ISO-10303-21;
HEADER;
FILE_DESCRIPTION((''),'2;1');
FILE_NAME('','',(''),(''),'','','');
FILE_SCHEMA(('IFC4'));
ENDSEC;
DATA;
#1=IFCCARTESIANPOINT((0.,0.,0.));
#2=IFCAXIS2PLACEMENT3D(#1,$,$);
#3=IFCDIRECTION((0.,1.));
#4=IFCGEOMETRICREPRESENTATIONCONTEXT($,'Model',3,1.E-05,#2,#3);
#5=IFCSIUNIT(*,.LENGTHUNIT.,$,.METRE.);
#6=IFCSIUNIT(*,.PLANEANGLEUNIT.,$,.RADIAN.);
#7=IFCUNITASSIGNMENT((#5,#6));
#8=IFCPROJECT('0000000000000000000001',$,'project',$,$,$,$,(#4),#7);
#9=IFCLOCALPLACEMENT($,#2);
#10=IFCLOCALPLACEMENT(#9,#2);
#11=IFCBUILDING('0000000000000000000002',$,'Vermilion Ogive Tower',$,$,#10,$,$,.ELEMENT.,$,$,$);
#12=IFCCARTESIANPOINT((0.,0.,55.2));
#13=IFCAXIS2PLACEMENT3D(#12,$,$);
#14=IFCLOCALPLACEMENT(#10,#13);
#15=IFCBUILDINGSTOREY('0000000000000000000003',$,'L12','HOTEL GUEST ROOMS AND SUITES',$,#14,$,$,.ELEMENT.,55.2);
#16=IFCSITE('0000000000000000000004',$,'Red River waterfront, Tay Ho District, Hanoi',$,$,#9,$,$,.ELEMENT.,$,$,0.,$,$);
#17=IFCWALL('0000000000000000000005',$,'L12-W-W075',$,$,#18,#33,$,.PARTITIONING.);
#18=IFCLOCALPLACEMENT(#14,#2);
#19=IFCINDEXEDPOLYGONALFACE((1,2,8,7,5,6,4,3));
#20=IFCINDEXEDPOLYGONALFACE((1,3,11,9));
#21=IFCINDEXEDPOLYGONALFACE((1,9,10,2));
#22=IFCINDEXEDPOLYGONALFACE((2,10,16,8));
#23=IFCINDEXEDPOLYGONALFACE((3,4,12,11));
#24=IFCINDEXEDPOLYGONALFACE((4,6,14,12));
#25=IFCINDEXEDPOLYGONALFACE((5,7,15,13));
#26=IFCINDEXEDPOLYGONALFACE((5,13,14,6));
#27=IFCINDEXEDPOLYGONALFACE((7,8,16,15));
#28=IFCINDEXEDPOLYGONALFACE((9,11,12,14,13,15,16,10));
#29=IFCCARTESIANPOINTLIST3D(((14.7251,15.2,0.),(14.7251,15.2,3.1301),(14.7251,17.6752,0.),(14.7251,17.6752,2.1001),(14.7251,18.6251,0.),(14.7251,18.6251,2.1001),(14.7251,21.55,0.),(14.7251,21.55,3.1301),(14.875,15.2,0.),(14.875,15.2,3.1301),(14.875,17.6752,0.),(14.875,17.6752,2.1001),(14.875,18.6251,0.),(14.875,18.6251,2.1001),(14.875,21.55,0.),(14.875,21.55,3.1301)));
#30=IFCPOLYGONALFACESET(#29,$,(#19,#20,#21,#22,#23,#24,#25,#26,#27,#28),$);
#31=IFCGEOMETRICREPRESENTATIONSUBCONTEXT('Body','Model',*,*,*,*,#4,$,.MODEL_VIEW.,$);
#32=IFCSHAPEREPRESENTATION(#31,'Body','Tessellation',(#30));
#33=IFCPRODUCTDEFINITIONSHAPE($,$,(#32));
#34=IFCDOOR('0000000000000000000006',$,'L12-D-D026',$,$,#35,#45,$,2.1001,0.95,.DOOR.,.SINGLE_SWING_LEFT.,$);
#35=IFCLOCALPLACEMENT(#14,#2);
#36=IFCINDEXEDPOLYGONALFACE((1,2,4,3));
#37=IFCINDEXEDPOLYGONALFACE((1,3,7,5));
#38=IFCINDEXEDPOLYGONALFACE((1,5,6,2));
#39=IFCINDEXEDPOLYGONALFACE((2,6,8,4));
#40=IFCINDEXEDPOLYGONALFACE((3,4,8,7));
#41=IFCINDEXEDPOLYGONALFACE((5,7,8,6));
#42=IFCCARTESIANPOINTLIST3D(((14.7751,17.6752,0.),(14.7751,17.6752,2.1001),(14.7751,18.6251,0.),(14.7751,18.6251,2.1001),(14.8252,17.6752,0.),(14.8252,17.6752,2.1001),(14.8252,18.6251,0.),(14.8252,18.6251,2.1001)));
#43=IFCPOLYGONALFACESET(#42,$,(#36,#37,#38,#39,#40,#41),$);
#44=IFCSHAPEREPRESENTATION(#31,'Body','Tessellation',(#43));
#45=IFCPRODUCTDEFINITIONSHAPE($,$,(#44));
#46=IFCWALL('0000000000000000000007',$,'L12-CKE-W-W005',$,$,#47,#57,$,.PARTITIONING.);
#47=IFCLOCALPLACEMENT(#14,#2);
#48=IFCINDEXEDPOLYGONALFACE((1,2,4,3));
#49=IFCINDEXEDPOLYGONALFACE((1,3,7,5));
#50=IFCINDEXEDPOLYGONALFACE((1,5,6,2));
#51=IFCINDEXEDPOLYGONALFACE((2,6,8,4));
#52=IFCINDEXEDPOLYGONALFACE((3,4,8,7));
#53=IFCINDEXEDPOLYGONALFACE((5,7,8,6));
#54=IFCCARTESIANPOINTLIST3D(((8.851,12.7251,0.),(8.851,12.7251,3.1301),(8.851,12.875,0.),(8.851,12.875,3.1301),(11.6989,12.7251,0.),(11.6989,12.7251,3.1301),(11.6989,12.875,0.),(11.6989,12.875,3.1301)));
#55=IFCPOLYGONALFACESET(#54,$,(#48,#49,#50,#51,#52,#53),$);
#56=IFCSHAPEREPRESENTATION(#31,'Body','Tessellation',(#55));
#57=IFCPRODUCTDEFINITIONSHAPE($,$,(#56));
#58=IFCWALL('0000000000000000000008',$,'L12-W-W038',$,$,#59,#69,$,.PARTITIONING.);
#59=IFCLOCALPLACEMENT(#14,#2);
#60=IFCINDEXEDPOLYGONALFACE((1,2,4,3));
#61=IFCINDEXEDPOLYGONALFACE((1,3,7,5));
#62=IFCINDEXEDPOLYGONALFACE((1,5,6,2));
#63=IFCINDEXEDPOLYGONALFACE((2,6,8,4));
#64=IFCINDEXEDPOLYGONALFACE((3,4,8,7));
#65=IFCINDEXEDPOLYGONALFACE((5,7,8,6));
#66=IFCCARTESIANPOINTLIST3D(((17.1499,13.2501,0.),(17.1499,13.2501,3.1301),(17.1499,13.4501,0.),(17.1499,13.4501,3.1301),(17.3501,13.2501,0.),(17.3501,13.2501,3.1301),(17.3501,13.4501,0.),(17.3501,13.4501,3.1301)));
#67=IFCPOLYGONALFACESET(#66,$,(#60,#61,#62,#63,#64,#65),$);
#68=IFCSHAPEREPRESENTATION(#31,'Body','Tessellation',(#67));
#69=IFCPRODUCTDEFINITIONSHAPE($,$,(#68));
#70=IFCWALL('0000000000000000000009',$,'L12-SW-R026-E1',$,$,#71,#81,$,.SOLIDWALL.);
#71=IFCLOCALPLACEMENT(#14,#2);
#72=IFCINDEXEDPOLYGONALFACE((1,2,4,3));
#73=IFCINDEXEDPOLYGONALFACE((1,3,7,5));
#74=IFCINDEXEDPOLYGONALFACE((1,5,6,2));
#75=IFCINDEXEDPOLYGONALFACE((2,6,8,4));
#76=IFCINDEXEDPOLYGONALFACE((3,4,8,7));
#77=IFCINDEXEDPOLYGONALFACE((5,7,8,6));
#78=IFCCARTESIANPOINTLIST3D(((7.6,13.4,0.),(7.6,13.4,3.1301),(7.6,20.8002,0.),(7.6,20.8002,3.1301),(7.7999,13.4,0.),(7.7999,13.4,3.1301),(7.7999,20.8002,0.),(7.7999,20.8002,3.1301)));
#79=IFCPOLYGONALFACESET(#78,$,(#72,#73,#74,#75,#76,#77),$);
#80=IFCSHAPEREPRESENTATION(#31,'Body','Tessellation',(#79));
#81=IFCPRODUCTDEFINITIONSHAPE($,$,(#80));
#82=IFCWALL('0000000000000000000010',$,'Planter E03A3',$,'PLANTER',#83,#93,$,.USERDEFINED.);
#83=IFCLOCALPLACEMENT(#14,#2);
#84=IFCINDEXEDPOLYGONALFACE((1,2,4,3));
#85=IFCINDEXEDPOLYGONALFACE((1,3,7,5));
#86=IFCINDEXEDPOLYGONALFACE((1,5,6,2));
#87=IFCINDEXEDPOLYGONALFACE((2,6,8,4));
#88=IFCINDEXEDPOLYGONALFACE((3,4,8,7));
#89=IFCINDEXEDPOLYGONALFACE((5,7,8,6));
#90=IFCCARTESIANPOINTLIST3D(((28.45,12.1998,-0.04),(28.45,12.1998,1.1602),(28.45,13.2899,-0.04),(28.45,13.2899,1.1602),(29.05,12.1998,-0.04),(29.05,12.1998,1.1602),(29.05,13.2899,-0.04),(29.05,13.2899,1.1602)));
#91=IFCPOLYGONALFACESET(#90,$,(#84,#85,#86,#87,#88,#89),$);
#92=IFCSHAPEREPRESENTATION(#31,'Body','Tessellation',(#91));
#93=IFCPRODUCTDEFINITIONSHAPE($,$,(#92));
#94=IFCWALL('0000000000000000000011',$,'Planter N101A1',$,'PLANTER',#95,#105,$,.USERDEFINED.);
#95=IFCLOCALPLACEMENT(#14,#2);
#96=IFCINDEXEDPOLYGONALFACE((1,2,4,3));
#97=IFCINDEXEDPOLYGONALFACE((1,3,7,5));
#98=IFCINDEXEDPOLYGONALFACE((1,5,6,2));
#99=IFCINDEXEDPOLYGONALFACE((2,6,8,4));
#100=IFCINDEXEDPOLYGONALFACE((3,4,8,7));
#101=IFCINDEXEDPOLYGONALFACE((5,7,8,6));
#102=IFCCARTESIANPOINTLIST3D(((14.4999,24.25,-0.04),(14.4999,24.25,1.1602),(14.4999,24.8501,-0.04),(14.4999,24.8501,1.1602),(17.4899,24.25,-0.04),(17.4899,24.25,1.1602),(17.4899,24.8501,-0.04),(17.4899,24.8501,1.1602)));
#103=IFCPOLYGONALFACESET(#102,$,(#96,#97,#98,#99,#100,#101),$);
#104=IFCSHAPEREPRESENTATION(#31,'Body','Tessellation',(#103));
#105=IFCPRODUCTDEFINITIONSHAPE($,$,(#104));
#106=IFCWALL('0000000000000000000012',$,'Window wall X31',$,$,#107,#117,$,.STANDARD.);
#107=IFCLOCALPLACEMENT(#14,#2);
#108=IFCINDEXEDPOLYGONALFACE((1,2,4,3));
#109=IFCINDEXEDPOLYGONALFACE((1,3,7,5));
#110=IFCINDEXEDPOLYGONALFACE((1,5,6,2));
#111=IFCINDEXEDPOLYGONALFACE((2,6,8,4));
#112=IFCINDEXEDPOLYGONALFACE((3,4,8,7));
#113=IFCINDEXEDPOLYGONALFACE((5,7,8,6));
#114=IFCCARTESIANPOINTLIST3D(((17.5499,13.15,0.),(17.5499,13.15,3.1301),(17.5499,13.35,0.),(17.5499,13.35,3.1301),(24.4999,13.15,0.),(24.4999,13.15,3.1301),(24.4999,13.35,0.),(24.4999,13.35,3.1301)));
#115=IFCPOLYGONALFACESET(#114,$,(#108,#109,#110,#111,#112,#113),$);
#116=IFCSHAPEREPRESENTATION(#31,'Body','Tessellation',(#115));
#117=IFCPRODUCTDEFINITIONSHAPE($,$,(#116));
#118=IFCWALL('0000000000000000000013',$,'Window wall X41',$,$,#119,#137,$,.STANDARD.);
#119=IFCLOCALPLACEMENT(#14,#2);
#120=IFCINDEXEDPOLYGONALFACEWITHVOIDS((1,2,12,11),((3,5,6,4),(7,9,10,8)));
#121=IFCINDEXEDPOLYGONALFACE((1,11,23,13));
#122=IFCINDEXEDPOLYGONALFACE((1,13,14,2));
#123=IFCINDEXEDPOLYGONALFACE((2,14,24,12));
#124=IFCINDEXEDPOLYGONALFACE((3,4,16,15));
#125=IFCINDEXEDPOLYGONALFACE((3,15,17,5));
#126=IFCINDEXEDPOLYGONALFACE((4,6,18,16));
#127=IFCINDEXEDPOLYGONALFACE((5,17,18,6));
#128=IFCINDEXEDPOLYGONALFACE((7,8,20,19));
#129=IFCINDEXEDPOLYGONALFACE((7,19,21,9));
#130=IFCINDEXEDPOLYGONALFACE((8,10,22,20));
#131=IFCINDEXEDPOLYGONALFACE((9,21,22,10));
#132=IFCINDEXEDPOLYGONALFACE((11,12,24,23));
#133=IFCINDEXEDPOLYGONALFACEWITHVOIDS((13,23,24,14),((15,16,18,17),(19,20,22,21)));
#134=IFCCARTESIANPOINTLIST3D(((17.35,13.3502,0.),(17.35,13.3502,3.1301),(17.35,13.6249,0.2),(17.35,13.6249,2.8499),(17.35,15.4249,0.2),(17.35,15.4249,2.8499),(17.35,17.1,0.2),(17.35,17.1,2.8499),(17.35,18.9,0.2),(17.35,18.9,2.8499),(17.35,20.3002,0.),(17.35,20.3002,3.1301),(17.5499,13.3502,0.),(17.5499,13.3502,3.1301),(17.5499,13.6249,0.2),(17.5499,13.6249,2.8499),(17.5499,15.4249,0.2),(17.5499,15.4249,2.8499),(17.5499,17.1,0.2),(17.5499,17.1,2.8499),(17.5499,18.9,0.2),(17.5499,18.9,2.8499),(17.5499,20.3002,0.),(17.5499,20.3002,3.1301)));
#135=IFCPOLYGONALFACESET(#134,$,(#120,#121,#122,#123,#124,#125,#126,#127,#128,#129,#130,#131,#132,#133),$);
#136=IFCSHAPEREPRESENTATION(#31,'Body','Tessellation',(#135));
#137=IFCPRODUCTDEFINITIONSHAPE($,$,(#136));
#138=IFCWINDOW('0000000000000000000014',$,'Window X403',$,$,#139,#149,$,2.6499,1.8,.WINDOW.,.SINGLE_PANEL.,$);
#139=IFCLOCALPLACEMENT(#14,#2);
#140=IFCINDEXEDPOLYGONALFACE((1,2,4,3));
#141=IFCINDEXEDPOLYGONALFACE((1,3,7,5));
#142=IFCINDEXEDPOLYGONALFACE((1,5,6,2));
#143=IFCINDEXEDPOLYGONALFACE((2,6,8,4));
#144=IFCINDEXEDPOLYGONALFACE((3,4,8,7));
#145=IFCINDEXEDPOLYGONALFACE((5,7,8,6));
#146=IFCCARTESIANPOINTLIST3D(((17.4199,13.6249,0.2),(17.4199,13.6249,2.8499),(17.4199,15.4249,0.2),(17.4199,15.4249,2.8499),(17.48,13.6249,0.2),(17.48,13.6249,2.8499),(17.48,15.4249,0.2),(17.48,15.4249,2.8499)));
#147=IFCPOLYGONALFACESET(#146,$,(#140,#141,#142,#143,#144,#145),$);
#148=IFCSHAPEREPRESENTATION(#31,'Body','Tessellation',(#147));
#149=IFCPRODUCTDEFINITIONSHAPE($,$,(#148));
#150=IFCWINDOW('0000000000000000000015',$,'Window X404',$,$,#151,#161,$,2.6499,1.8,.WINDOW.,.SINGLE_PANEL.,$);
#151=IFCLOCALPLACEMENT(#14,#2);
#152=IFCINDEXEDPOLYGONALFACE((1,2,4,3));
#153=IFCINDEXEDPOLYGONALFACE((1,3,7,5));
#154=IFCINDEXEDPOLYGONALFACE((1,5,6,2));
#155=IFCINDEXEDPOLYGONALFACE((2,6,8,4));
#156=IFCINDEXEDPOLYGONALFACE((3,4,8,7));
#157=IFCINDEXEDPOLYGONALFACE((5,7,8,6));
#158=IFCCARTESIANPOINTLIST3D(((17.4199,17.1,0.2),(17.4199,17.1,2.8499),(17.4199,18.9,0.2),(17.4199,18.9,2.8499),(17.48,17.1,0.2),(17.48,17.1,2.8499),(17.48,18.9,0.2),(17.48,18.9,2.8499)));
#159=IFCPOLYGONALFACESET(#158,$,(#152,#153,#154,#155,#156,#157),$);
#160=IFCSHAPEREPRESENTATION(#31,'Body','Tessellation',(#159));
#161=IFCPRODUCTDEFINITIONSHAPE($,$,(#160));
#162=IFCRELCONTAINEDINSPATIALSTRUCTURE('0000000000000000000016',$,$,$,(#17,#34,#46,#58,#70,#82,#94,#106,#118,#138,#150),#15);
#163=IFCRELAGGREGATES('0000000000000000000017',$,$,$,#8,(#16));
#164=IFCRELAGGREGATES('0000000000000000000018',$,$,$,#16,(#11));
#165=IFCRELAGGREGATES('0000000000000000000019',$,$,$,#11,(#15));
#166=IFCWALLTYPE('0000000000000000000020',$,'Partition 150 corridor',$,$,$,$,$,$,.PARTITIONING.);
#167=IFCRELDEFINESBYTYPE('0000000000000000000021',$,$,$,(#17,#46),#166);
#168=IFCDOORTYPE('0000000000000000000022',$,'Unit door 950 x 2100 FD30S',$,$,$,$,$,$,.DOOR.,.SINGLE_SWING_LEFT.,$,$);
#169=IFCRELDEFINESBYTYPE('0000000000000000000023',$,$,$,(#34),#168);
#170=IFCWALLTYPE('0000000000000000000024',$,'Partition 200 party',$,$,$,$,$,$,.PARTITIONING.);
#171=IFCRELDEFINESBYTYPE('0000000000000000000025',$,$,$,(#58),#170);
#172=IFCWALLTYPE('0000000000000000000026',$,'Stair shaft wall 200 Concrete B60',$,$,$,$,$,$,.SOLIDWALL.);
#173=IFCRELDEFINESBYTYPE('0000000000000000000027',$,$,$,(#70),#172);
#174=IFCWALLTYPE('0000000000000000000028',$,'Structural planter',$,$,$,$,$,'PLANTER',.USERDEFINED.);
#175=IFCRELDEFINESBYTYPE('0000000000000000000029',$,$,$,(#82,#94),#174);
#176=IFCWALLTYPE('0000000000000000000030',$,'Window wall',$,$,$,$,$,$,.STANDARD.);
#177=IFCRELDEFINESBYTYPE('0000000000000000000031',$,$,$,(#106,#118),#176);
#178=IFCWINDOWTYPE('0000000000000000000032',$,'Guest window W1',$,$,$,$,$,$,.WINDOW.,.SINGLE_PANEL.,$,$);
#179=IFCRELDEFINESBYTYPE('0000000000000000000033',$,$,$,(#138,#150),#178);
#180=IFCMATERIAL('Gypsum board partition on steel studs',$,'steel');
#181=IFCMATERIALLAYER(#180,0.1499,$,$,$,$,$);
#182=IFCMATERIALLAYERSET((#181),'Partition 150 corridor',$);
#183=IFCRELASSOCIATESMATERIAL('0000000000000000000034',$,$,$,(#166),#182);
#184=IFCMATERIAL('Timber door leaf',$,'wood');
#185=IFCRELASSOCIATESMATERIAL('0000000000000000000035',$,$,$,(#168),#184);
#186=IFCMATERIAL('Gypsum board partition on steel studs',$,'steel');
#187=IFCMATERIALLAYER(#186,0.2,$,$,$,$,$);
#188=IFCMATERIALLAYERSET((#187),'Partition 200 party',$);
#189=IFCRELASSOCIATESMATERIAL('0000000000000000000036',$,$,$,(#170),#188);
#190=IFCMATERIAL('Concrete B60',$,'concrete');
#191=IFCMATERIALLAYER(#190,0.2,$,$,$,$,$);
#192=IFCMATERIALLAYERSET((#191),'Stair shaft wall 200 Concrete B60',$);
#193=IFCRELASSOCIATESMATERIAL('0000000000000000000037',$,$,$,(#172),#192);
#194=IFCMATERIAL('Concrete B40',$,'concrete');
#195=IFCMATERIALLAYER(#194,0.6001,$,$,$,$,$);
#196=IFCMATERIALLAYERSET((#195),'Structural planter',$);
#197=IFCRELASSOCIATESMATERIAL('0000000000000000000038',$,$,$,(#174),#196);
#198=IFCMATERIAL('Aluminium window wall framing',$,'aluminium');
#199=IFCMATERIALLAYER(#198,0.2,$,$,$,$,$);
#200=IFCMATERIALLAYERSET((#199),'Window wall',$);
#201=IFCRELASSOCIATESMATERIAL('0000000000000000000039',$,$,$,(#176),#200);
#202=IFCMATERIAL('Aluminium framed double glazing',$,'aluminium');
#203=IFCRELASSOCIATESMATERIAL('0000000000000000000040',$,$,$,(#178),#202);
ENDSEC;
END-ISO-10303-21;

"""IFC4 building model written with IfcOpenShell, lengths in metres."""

from ifc_helpers import new_model, si_unit, direction, frame, frame_2d, origin, place, context, subcontext, project, spatial, rectangle, extrude, material, layer, layer_set, type_object, element, fill, save


model = new_model("IFC4")

# Units and contexts
model_context = context("Model", 3, precision=1e-05, world=origin(), true_north=direction((0.0, 1.0)))
body_context = subcontext(model_context, "Body", "Model", "MODEL_VIEW")
ifc_project = project(units=[si_unit("LENGTHUNIT", "METRE"), si_unit("PLANEANGLEUNIT", "RADIAN")], contexts=[model_context])

# Site, building, storey
site_placement = place(None, origin())
site = spatial("IfcSite", under=ifc_project, at=site_placement, Name="Red River waterfront, Tay Ho District, Hanoi", CompositionType="ELEMENT", RefElevation=0.0)
building_placement = place(site_placement, origin())
building = spatial("IfcBuilding", under=site, at=building_placement, Name="Vermilion Ogive Tower", CompositionType="ELEMENT")
storey_placement = place(building_placement, frame((0.0, 0.0, 55.2)))
storey = spatial("IfcBuildingStorey", under=building, at=storey_placement, Name="L12", Description="HOTEL GUEST ROOMS AND SUITES", CompositionType="ELEMENT", Elevation=55.2)

# Wall, opening, door
ifc_material_1 = material(Name="Gypsum board partition on steel studs", Category="steel")
ifc_layer_1 = layer(ifc_material_1, 0.1499)
ifc_layer_set_1 = layer_set([ifc_layer_1], Name="Partition 150 corridor")
wall_type_1 = type_object("IfcWallType", Name="Partition 150 corridor", PredefinedType="PARTITIONING", material=ifc_layer_set_1)
wall_1_placement = place(storey_placement, frame((14.8, 15.2, 0.0), z_axis=(0.0, 0.0, 1.0), x_axis=(0.0, 1.0, 0.0)))
wall_1 = element("IfcWall", 1, at=wall_1_placement, inside=storey, type_object=wall_type_1, Name="L12-W-W075", PredefinedType="PARTITIONING", context=body_context, shape_type="SweptSolid", body=[
    extrude(rectangle(XDim=6.3501, YDim=0.1499, at=frame_2d((3.175, 0.0))), origin(), (0.0, 0.0, 1.0), 3.1301),
])
opening_1_placement = place(wall_1_placement, frame((2.4751, 0.0, 0.0)))
opening_1 = element("IfcOpeningElement", 2, at=opening_1_placement, cuts=wall_1, PredefinedType="OPENING", context=body_context, shape_type="SweptSolid", body=[
    extrude(rectangle(XDim=0.95, YDim=2.1001, at=frame_2d((0.4751, 1.05))), frame((0.0, 0.085, 0.0), z_axis=(0.0, -1.0, 0.0), x_axis=(1.0, 0.0, 0.0)), (0.0, 0.0, 1.0), 0.1699),
])
ifc_material_2 = material(Name="Timber door leaf", Category="wood")
door_type_1 = type_object("IfcDoorType", Name="Unit door 950 x 2100 FD30S", OperationType="SINGLE_SWING_LEFT", PredefinedType="DOOR", material=ifc_material_2)
door_1_placement = place(opening_1_placement, origin())
door_1 = element("IfcDoor", 3, at=door_1_placement, inside=storey, type_object=door_type_1, Name="L12-D-D026", OperationType="SINGLE_SWING_LEFT", OverallHeight=2.1001, OverallWidth=0.95, PredefinedType="DOOR", context=body_context, shape_type="SweptSolid", body=[
    extrude(rectangle(XDim=0.95, YDim=2.1001, at=frame_2d((0.4751, 1.05))), frame((0.0, 0.0249, 0.0), z_axis=(0.0, -1.0, 0.0), x_axis=(1.0, 0.0, 0.0)), (0.0, 0.0, 1.0), 0.05),
])
fill(opening_1, door_1)

# Walls
wall_2_placement = place(storey_placement, frame((8.8511, 12.8, 0.0), z_axis=(0.0, 0.0, 1.0), x_axis=(1.0, 0.0, 0.0)))
element("IfcWall", 4, at=wall_2_placement, inside=storey, type_object=wall_type_1, Name="L12-CKE-W-W005", PredefinedType="PARTITIONING", context=body_context, shape_type="SweptSolid", body=[
    extrude(rectangle(XDim=2.8479, YDim=0.1499, at=frame_2d((1.4238, 0.0))), origin(), (0.0, 0.0, 1.0), 3.1301),
])
ifc_material_3 = material(Name="Gypsum board partition on steel studs", Category="steel")
ifc_layer_2 = layer(ifc_material_3, 0.2)
ifc_layer_set_2 = layer_set([ifc_layer_2], Name="Partition 200 party")
wall_type_2 = type_object("IfcWallType", Name="Partition 200 party", PredefinedType="PARTITIONING", material=ifc_layer_set_2)
wall_3_placement = place(storey_placement, frame((17.1499, 13.3501, 0.0), z_axis=(0.0, 0.0, 1.0), x_axis=(1.0, 0.0, 0.0)))
element("IfcWall", 5, at=wall_3_placement, inside=storey, type_object=wall_type_2, Name="L12-W-W038", PredefinedType="PARTITIONING", context=body_context, shape_type="SweptSolid", body=[
    extrude(rectangle(XDim=0.2002, YDim=0.2, at=frame_2d((0.1001, 0.0))), origin(), (0.0, 0.0, 1.0), 3.1301),
])
ifc_material_4 = material(Name="Concrete B60", Category="concrete")
ifc_layer_3 = layer(ifc_material_4, 0.2)
ifc_layer_set_3 = layer_set([ifc_layer_3], Name="Stair shaft wall 200 Concrete B60")
wall_type_3 = type_object("IfcWallType", Name="Stair shaft wall 200 Concrete B60", PredefinedType="SOLIDWALL", material=ifc_layer_set_3)
wall_4_placement = place(storey_placement, frame((7.7, 13.3999, 0.0), z_axis=(0.0, 0.0, 1.0), x_axis=(0.0, 1.0, 0.0)))
element("IfcWall", 6, at=wall_4_placement, inside=storey, type_object=wall_type_3, Name="L12-SW-R026-E1", PredefinedType="SOLIDWALL", context=body_context, shape_type="SweptSolid", body=[
    extrude(rectangle(XDim=7.4001, YDim=0.2, at=frame_2d((3.7002, 0.0))), origin(), (0.0, 0.0, 1.0), 3.1301),
])
ifc_material_5 = material(Name="Concrete B40", Category="concrete")
ifc_layer_4 = layer(ifc_material_5, 0.6001)
ifc_layer_set_4 = layer_set([ifc_layer_4], Name="Structural planter")
wall_type_4 = type_object("IfcWallType", Name="Structural planter", ElementType="PLANTER", PredefinedType="USERDEFINED", material=ifc_layer_set_4)
wall_5_placement = place(storey_placement, frame((28.75, 12.2, -0.04), z_axis=(0.0, 0.0, 1.0), x_axis=(0.0, 1.0, 0.0)))
element("IfcWall", 7, at=wall_5_placement, inside=storey, type_object=wall_type_4, Name="Planter E03A3", ObjectType="PLANTER", PredefinedType="USERDEFINED", context=body_context, shape_type="SweptSolid", body=[
    extrude(rectangle(XDim=1.0901, YDim=0.6001, at=frame_2d((0.5449, 0.0))), origin(), (0.0, 0.0, 1.0), 1.2002),
])
wall_6_placement = place(storey_placement, frame((17.49, 24.55, -0.04), z_axis=(0.0, 0.0, 1.0), x_axis=(-1.0, 0.0, 0.0)))
element("IfcWall", 8, at=wall_6_placement, inside=storey, type_object=wall_type_4, Name="Planter N101A1", ObjectType="PLANTER", PredefinedType="USERDEFINED", context=body_context, shape_type="SweptSolid", body=[
    extrude(rectangle(XDim=2.99, YDim=0.6001, at=frame_2d((1.4951, 0.0))), origin(), (0.0, 0.0, 1.0), 1.2002),
])
ifc_material_6 = material(Name="Aluminium window wall framing", Category="aluminium")
ifc_layer_5 = layer(ifc_material_6, 0.2)
ifc_layer_set_5 = layer_set([ifc_layer_5], Name="Window wall")
wall_type_5 = type_object("IfcWallType", Name="Window wall", PredefinedType="STANDARD", material=ifc_layer_set_5)
wall_7_placement = place(storey_placement, frame((24.5, 13.25, 0.0), z_axis=(0.0, 0.0, 1.0), x_axis=(-1.0, 0.0, 0.0)))
element("IfcWall", 9, at=wall_7_placement, inside=storey, type_object=wall_type_5, Name="Window wall X31", PredefinedType="STANDARD", context=body_context, shape_type="SweptSolid", body=[
    extrude(rectangle(XDim=6.95, YDim=0.2, at=frame_2d((3.4751, 0.0))), origin(), (0.0, 0.0, 1.0), 3.1301),
])

# Wall, openings, windows
wall_8_placement = place(storey_placement, frame((17.45, 13.3501, 0.0), z_axis=(0.0, 0.0, 1.0), x_axis=(0.0, 1.0, 0.0)))
wall_8 = element("IfcWall", 10, at=wall_8_placement, inside=storey, type_object=wall_type_5, Name="Window wall X41", PredefinedType="STANDARD", context=body_context, shape_type="SweptSolid", body=[
    extrude(rectangle(XDim=6.95, YDim=0.2, at=frame_2d((3.4751, 0.0))), origin(), (0.0, 0.0, 1.0), 3.1301),
])
opening_2_placement = place(wall_8_placement, frame((0.2749, 0.0, 0.2)))
opening_2 = element("IfcOpeningElement", 11, at=opening_2_placement, cuts=wall_8, PredefinedType="OPENING", context=body_context, shape_type="SweptSolid", body=[
    extrude(rectangle(XDim=1.8, YDim=2.6499, at=frame_2d((0.8999, 1.325))), frame((0.0, 0.1099, 0.0), z_axis=(0.0, -1.0, 0.0), x_axis=(1.0, 0.0, 0.0)), (0.0, 0.0, 1.0), 0.22),
])
opening_3_placement = place(wall_8_placement, frame((3.75, 0.0, 0.2)))
opening_3 = element("IfcOpeningElement", 12, at=opening_3_placement, cuts=wall_8, PredefinedType="OPENING", context=body_context, shape_type="SweptSolid", body=[
    extrude(rectangle(XDim=1.8, YDim=2.6499, at=frame_2d((0.8999, 1.325))), frame((0.0, 0.1099, 0.0), z_axis=(0.0, -1.0, 0.0), x_axis=(1.0, 0.0, 0.0)), (0.0, 0.0, 1.0), 0.22),
])
ifc_material_7 = material(Name="Aluminium framed double glazing", Category="aluminium")
window_type = type_object("IfcWindowType", Name="Guest window W1", PartitioningType="SINGLE_PANEL", PredefinedType="WINDOW", material=ifc_material_7)
window_1_placement = place(opening_2_placement, origin())
window_1 = element("IfcWindow", 13, at=window_1_placement, inside=storey, type_object=window_type, Name="Window X403", OverallHeight=2.6499, OverallWidth=1.8, PartitioningType="SINGLE_PANEL", PredefinedType="WINDOW", context=body_context, shape_type="SweptSolid", body=[
    extrude(rectangle(XDim=1.8, YDim=2.6499, at=frame_2d((0.8999, 1.325))), frame((0.0, 0.03, 0.0), z_axis=(0.0, -1.0, 0.0), x_axis=(1.0, 0.0, 0.0)), (0.0, 0.0, 1.0), 0.0601),
])
fill(opening_2, window_1)
window_2_placement = place(opening_3_placement, origin())
window_2 = element("IfcWindow", 14, at=window_2_placement, inside=storey, type_object=window_type, Name="Window X404", OverallHeight=2.6499, OverallWidth=1.8, PartitioningType="SINGLE_PANEL", PredefinedType="WINDOW", context=body_context, shape_type="SweptSolid", body=[
    extrude(rectangle(XDim=1.8, YDim=2.6499, at=frame_2d((0.8999, 1.325))), frame((0.0, 0.03, 0.0), z_axis=(0.0, -1.0, 0.0), x_axis=(1.0, 0.0, 0.0)), (0.0, 0.0, 1.0), 0.0601),
])
fill(opening_3, window_2)

save(model, "model.ifc")
